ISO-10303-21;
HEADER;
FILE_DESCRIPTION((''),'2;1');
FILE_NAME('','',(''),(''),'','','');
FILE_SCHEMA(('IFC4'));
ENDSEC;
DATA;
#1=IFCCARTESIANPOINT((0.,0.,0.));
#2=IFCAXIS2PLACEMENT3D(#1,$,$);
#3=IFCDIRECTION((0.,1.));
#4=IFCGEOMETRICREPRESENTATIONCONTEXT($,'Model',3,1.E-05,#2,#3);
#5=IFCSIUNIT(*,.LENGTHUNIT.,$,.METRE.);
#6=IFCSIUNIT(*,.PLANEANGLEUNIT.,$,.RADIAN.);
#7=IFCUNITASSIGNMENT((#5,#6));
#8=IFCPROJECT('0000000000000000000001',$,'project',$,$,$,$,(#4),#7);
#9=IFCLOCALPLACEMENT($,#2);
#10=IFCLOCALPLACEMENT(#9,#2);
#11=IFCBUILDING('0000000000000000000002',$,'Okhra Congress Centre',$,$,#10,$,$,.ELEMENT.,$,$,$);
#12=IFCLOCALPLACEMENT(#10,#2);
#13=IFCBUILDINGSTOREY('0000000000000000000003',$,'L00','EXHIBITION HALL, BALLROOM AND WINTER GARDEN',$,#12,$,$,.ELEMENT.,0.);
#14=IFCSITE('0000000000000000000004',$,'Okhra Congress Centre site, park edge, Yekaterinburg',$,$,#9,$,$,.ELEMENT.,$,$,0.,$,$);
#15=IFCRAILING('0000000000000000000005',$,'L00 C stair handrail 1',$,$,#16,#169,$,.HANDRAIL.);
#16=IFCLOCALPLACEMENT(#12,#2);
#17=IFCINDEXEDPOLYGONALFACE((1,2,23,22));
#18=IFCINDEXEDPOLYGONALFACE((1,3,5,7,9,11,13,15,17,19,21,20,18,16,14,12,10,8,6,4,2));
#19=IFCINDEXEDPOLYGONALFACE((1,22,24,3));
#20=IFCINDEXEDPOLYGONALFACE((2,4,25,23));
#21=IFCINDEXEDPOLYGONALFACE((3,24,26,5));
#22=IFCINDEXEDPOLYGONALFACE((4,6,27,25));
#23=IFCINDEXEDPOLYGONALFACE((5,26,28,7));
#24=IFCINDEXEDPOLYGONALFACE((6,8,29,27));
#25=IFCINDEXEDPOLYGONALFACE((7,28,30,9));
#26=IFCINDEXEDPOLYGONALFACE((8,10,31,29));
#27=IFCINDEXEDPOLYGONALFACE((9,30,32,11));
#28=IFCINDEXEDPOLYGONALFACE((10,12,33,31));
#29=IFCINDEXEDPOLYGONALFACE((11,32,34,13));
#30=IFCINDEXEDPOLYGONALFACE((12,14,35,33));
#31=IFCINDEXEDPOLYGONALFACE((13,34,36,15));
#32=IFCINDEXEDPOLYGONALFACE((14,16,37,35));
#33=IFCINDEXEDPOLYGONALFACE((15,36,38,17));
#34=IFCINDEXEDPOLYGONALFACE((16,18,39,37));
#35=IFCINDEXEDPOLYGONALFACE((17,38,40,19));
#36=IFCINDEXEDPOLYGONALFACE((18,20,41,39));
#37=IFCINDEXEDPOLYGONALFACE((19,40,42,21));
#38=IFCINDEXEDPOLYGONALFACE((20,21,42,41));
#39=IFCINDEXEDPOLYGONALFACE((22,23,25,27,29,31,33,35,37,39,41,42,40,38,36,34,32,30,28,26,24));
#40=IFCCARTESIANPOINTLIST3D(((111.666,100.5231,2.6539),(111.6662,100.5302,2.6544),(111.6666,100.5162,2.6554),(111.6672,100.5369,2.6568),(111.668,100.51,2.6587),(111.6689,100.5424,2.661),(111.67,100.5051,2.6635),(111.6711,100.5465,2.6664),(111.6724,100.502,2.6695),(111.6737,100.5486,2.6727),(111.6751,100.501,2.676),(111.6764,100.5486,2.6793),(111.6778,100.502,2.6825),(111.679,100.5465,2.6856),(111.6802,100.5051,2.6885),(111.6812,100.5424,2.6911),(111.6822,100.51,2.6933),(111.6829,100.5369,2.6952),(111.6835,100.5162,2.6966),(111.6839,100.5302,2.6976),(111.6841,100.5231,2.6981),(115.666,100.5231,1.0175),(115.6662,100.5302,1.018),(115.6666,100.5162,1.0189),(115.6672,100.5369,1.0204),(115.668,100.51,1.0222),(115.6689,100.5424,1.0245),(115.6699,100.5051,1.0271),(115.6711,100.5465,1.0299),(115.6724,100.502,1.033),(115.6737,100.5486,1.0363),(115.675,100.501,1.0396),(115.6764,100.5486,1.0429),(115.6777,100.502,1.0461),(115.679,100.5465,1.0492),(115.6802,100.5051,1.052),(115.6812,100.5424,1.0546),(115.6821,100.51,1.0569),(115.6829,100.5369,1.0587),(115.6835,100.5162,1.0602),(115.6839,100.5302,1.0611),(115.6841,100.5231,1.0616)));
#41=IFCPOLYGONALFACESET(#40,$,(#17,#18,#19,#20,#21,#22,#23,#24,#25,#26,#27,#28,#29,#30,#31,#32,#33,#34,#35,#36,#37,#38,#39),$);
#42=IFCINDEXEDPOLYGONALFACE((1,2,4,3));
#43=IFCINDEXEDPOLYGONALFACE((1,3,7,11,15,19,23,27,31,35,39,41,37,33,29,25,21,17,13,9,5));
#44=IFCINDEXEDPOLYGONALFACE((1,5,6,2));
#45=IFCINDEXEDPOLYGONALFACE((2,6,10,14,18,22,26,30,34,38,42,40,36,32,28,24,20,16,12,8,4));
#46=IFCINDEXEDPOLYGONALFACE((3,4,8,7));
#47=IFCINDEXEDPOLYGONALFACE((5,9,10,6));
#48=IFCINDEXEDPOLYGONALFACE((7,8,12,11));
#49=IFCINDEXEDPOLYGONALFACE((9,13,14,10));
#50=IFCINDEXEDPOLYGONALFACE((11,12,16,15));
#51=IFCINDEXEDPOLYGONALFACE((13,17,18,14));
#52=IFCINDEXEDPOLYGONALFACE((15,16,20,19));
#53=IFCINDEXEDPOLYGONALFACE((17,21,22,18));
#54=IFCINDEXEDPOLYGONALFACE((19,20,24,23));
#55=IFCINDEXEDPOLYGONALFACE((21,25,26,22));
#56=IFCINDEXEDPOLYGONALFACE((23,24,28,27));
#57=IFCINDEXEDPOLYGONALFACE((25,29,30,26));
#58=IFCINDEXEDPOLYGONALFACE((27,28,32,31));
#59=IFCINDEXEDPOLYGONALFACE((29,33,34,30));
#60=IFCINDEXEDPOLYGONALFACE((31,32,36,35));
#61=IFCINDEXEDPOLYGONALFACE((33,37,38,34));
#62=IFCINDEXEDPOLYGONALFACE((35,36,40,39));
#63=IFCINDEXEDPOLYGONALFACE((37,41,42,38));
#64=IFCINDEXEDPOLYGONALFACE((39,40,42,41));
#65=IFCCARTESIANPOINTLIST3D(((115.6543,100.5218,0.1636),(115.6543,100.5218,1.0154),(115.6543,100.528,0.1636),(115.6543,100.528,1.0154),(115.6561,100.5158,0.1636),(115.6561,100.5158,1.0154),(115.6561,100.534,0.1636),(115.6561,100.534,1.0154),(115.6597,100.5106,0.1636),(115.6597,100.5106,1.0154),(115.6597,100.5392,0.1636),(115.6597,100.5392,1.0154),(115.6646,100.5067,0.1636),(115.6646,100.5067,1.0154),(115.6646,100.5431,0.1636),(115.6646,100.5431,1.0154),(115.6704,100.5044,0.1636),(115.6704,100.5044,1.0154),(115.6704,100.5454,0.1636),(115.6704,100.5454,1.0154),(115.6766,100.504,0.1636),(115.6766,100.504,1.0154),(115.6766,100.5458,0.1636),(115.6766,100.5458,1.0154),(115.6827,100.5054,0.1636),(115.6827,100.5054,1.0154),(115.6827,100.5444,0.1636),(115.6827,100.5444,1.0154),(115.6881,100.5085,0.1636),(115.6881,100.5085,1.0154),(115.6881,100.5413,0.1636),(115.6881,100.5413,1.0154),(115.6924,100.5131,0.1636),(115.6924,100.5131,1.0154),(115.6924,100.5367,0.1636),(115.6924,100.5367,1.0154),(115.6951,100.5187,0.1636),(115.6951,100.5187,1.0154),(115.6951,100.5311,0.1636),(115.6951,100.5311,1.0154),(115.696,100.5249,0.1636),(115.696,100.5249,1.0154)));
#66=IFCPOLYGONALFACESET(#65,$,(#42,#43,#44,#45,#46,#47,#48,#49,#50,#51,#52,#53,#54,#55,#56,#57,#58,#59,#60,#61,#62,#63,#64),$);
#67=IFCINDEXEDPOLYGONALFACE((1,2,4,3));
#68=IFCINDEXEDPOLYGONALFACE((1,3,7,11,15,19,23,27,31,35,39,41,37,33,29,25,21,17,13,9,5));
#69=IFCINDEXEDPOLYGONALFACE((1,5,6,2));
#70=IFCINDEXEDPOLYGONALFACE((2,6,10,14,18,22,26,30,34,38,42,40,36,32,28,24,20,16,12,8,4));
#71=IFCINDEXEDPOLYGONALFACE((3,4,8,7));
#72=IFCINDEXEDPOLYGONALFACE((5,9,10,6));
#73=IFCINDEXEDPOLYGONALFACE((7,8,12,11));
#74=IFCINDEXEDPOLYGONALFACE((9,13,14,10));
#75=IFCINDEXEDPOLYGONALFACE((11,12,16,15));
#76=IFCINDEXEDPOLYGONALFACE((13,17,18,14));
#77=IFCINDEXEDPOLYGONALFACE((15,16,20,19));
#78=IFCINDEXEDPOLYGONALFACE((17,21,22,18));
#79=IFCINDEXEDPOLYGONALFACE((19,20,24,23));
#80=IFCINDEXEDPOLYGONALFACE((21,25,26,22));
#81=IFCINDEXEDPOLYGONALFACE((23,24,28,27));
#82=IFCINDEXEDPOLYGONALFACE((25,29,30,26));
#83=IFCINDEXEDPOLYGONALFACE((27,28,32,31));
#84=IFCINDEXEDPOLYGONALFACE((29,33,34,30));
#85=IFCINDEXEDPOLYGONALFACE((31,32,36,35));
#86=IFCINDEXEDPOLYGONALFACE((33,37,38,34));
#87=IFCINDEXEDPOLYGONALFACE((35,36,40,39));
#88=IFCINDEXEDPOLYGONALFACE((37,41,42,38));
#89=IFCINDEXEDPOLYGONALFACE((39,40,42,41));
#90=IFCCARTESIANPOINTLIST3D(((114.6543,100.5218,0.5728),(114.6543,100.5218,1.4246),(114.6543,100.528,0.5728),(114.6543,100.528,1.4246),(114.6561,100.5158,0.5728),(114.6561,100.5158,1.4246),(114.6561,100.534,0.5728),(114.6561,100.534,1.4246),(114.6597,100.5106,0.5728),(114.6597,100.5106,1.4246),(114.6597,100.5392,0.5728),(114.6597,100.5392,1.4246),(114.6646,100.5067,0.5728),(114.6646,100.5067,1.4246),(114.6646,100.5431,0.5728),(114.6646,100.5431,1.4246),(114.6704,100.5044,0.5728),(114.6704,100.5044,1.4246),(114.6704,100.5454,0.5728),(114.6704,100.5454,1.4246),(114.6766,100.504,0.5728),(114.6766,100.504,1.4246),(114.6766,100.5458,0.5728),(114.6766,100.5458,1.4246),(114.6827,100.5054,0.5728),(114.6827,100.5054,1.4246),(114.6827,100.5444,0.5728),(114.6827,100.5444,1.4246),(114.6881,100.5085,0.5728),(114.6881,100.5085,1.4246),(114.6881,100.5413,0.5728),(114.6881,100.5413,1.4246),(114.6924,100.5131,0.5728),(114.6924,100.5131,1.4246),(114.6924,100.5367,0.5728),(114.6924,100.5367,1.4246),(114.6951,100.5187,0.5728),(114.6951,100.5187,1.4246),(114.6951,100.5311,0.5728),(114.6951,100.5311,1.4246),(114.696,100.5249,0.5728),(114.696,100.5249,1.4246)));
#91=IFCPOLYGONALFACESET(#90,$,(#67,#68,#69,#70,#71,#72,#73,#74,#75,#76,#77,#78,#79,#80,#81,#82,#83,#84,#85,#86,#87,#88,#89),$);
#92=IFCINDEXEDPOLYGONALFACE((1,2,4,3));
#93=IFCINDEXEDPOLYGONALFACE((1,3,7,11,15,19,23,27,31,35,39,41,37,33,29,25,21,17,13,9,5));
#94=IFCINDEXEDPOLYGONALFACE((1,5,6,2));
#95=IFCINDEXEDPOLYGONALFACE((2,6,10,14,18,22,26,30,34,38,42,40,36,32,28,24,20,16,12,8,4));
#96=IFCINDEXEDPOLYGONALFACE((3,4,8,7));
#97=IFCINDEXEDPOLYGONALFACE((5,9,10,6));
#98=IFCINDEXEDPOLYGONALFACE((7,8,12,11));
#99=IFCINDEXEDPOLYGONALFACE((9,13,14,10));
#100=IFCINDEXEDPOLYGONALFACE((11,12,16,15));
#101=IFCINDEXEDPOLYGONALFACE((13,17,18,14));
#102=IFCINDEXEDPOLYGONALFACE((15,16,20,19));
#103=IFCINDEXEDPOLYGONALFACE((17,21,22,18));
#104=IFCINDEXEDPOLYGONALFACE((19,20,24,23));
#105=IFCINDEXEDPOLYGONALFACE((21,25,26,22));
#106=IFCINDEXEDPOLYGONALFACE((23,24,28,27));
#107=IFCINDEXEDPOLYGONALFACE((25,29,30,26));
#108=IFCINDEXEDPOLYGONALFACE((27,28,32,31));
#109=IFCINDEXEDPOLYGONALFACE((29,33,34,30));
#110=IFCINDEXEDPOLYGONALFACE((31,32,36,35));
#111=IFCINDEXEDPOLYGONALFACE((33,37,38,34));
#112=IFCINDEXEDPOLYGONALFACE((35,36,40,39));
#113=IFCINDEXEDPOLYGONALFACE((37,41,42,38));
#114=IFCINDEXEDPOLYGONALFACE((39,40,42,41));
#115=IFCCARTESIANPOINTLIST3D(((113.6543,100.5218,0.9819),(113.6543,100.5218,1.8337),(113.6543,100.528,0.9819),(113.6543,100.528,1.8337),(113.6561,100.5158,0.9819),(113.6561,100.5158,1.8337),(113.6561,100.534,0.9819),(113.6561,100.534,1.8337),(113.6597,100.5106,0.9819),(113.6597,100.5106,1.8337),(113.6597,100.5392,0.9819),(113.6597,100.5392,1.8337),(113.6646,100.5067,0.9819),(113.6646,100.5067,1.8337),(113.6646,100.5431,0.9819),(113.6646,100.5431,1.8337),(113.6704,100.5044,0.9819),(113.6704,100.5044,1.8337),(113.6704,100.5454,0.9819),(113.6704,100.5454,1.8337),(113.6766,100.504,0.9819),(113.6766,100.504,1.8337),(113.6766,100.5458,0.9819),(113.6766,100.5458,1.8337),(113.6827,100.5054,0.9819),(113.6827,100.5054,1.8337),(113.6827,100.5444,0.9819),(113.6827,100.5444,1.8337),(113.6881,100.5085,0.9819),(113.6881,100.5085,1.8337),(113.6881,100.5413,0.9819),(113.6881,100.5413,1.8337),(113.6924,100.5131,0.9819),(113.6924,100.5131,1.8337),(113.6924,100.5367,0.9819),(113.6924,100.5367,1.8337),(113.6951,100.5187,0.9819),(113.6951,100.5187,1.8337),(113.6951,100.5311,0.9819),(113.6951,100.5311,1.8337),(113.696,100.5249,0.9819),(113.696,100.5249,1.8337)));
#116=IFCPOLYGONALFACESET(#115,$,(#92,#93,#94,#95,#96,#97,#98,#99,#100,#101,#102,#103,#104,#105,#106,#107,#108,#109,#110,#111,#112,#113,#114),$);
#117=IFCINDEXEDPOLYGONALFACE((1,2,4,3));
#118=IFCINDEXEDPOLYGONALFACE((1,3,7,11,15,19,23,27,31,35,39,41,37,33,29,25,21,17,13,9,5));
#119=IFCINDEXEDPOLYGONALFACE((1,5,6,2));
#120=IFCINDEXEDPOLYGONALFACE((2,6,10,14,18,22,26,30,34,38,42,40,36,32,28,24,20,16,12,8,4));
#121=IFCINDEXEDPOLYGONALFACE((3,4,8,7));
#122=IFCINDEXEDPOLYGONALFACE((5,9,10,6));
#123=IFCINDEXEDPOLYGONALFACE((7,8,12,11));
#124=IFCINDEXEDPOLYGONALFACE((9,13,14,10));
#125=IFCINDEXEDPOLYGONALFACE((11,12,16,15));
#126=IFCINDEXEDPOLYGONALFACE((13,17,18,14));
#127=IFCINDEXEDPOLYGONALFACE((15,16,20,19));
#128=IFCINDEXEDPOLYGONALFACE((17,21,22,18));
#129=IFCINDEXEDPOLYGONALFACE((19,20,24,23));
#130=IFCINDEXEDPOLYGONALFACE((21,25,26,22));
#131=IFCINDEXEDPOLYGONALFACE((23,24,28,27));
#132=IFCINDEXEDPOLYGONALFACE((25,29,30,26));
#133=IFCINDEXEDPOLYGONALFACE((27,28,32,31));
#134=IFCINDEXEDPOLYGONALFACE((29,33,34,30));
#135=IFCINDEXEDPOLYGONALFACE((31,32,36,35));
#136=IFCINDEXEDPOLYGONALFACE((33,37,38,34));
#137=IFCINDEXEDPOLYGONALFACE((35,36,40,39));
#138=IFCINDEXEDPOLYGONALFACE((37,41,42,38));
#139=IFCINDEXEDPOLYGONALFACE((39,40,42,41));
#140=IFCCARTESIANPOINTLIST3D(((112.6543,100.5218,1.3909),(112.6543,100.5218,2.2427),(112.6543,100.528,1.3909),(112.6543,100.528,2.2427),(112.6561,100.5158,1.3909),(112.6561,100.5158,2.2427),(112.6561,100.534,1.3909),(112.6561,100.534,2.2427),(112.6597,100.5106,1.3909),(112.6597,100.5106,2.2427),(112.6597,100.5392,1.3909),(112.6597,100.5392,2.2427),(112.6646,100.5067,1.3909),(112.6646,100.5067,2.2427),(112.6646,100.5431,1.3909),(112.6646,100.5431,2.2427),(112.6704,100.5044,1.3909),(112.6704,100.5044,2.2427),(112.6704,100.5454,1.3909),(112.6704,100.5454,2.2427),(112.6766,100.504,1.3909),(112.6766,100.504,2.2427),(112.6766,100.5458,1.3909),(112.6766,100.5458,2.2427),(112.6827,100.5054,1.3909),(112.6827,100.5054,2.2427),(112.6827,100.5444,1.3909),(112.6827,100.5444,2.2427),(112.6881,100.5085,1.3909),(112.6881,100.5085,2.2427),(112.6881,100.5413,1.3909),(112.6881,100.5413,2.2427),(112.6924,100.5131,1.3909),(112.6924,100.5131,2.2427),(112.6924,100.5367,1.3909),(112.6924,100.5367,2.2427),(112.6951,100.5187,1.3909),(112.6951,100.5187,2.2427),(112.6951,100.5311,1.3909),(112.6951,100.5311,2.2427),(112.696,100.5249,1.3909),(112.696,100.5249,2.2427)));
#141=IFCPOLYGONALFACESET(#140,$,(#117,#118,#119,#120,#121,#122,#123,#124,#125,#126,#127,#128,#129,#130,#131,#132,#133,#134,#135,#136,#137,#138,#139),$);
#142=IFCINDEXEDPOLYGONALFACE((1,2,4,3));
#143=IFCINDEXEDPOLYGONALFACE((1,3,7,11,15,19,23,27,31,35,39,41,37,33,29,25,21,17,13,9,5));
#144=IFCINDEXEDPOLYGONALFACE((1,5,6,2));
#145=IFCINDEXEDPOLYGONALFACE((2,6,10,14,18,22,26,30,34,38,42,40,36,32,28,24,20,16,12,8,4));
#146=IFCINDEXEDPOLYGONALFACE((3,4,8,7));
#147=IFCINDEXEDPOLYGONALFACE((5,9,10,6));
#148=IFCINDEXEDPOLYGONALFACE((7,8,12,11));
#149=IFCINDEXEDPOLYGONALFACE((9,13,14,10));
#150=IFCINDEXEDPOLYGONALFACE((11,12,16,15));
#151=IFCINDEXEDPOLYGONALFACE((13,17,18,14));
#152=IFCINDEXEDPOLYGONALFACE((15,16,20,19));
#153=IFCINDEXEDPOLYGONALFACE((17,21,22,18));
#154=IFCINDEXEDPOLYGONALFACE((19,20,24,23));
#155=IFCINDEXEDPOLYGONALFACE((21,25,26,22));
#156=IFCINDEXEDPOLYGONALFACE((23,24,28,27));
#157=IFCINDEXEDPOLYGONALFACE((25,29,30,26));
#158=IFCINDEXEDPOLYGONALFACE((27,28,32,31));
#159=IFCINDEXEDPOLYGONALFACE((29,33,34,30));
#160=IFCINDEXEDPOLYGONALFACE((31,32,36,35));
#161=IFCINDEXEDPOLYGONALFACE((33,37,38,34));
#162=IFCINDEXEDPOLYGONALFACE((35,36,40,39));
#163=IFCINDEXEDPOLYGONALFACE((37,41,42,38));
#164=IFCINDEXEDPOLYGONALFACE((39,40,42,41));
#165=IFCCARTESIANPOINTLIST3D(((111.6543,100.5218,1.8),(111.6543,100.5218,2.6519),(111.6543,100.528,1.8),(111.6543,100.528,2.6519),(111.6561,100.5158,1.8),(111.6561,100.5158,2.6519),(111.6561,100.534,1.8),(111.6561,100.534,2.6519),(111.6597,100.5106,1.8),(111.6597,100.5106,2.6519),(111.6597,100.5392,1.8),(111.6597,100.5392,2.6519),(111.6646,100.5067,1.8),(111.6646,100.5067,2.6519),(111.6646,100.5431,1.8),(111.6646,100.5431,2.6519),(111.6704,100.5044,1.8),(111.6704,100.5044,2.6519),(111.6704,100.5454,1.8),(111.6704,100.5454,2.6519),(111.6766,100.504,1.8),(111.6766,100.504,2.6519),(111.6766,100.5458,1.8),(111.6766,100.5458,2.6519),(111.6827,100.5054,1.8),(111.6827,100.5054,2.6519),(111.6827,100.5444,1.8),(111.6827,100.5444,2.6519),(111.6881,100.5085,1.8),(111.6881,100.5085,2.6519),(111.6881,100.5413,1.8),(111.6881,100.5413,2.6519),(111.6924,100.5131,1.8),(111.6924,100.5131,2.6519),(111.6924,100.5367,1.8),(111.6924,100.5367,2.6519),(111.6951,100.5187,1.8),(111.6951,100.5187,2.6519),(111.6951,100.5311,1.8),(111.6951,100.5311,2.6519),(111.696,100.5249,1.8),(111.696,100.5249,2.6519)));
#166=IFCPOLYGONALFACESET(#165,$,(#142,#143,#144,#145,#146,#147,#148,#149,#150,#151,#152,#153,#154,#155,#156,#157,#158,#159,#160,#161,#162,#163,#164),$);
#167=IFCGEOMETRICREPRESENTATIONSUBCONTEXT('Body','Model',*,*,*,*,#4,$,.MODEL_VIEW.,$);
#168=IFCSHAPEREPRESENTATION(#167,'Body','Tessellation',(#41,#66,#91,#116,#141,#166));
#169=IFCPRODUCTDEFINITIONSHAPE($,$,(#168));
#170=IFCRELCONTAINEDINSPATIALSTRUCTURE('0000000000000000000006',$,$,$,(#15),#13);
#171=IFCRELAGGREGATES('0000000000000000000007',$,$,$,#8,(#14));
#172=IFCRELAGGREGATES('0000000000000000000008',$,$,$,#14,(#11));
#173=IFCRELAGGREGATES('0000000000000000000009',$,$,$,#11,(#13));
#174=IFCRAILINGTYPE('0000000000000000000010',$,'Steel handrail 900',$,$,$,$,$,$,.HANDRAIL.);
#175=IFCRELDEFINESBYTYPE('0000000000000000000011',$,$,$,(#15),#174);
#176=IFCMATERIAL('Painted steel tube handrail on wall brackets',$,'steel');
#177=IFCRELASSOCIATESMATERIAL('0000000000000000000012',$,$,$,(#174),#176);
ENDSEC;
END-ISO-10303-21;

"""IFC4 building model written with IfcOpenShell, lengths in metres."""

from ifc_helpers import new_model, si_unit, direction, frame, origin, origin_2d, place, context, subcontext, project, spatial, circle, extrude, material, type_object, element, save


model = new_model("IFC4")

# Units and contexts
model_context = context("Model", 3, precision=1e-05, world=origin(), true_north=direction((0.0, 1.0)))
body_context = subcontext(model_context, "Body", "Model", "MODEL_VIEW")
ifc_project = project(units=[si_unit("LENGTHUNIT", "METRE"), si_unit("PLANEANGLEUNIT", "RADIAN")], contexts=[model_context])

# Site, building, storey
site_placement = place(None, origin())
site = spatial("IfcSite", under=ifc_project, at=site_placement, Name="Okhra Congress Centre site, park edge, Yekaterinburg", CompositionType="ELEMENT", RefElevation=0.0)
building_placement = place(site_placement, origin())
building = spatial("IfcBuilding", under=site, at=building_placement, Name="Okhra Congress Centre", CompositionType="ELEMENT")
storey_placement = place(building_placement, origin())
storey = spatial("IfcBuildingStorey", under=building, at=storey_placement, Name="L00", Description="EXHIBITION HALL, BALLROOM AND WINTER GARDEN", CompositionType="ELEMENT", Elevation=0.0)

# Railing
ifc_material_1 = material(Name="Painted steel tube handrail on wall brackets", Category="steel")
railing_type_1 = type_object("IfcRailingType", Name="Steel handrail 900", PredefinedType="HANDRAIL", material=ifc_material_1)
railing_1_placement = place(storey_placement, frame((115.675, 100.5249, 0.1636)))
element("IfcRailing", 1, at=railing_1_placement, inside=storey, type_object=railing_type_1, Name="L00 C stair handrail 1", PredefinedType="HANDRAIL", context=body_context, shape_type="SweptSolid", body=[
    extrude(circle(Radius=0.0239, at=origin_2d()), frame((0.0, 0.0, 0.876), z_axis=(-0.925538, 0.0, 0.378655), x_axis=(0.0, -1.0, 0.0)), (0.0, 0.0, 1.0), 4.3218),
    extrude(circle(Radius=0.021, at=origin_2d()), origin(), (0.0, 0.0, 1.0), 0.8518),
    extrude(circle(Radius=0.021, at=origin_2d()), frame((-1.0, 0.0, 0.4092)), (0.0, 0.0, 1.0), 0.8518),
    extrude(circle(Radius=0.021, at=origin_2d()), frame((-2.0, 0.0, 0.8184)), (0.0, 0.0, 1.0), 0.8518),
    extrude(circle(Radius=0.021, at=origin_2d()), frame((-3.0, 0.0, 1.2273)), (0.0, 0.0, 1.0), 0.8518),
    extrude(circle(Radius=0.021, at=origin_2d()), frame((-4.0, 0.0, 1.6365)), (0.0, 0.0, 1.0), 0.8518),
])

save(model, "model.ifc")
